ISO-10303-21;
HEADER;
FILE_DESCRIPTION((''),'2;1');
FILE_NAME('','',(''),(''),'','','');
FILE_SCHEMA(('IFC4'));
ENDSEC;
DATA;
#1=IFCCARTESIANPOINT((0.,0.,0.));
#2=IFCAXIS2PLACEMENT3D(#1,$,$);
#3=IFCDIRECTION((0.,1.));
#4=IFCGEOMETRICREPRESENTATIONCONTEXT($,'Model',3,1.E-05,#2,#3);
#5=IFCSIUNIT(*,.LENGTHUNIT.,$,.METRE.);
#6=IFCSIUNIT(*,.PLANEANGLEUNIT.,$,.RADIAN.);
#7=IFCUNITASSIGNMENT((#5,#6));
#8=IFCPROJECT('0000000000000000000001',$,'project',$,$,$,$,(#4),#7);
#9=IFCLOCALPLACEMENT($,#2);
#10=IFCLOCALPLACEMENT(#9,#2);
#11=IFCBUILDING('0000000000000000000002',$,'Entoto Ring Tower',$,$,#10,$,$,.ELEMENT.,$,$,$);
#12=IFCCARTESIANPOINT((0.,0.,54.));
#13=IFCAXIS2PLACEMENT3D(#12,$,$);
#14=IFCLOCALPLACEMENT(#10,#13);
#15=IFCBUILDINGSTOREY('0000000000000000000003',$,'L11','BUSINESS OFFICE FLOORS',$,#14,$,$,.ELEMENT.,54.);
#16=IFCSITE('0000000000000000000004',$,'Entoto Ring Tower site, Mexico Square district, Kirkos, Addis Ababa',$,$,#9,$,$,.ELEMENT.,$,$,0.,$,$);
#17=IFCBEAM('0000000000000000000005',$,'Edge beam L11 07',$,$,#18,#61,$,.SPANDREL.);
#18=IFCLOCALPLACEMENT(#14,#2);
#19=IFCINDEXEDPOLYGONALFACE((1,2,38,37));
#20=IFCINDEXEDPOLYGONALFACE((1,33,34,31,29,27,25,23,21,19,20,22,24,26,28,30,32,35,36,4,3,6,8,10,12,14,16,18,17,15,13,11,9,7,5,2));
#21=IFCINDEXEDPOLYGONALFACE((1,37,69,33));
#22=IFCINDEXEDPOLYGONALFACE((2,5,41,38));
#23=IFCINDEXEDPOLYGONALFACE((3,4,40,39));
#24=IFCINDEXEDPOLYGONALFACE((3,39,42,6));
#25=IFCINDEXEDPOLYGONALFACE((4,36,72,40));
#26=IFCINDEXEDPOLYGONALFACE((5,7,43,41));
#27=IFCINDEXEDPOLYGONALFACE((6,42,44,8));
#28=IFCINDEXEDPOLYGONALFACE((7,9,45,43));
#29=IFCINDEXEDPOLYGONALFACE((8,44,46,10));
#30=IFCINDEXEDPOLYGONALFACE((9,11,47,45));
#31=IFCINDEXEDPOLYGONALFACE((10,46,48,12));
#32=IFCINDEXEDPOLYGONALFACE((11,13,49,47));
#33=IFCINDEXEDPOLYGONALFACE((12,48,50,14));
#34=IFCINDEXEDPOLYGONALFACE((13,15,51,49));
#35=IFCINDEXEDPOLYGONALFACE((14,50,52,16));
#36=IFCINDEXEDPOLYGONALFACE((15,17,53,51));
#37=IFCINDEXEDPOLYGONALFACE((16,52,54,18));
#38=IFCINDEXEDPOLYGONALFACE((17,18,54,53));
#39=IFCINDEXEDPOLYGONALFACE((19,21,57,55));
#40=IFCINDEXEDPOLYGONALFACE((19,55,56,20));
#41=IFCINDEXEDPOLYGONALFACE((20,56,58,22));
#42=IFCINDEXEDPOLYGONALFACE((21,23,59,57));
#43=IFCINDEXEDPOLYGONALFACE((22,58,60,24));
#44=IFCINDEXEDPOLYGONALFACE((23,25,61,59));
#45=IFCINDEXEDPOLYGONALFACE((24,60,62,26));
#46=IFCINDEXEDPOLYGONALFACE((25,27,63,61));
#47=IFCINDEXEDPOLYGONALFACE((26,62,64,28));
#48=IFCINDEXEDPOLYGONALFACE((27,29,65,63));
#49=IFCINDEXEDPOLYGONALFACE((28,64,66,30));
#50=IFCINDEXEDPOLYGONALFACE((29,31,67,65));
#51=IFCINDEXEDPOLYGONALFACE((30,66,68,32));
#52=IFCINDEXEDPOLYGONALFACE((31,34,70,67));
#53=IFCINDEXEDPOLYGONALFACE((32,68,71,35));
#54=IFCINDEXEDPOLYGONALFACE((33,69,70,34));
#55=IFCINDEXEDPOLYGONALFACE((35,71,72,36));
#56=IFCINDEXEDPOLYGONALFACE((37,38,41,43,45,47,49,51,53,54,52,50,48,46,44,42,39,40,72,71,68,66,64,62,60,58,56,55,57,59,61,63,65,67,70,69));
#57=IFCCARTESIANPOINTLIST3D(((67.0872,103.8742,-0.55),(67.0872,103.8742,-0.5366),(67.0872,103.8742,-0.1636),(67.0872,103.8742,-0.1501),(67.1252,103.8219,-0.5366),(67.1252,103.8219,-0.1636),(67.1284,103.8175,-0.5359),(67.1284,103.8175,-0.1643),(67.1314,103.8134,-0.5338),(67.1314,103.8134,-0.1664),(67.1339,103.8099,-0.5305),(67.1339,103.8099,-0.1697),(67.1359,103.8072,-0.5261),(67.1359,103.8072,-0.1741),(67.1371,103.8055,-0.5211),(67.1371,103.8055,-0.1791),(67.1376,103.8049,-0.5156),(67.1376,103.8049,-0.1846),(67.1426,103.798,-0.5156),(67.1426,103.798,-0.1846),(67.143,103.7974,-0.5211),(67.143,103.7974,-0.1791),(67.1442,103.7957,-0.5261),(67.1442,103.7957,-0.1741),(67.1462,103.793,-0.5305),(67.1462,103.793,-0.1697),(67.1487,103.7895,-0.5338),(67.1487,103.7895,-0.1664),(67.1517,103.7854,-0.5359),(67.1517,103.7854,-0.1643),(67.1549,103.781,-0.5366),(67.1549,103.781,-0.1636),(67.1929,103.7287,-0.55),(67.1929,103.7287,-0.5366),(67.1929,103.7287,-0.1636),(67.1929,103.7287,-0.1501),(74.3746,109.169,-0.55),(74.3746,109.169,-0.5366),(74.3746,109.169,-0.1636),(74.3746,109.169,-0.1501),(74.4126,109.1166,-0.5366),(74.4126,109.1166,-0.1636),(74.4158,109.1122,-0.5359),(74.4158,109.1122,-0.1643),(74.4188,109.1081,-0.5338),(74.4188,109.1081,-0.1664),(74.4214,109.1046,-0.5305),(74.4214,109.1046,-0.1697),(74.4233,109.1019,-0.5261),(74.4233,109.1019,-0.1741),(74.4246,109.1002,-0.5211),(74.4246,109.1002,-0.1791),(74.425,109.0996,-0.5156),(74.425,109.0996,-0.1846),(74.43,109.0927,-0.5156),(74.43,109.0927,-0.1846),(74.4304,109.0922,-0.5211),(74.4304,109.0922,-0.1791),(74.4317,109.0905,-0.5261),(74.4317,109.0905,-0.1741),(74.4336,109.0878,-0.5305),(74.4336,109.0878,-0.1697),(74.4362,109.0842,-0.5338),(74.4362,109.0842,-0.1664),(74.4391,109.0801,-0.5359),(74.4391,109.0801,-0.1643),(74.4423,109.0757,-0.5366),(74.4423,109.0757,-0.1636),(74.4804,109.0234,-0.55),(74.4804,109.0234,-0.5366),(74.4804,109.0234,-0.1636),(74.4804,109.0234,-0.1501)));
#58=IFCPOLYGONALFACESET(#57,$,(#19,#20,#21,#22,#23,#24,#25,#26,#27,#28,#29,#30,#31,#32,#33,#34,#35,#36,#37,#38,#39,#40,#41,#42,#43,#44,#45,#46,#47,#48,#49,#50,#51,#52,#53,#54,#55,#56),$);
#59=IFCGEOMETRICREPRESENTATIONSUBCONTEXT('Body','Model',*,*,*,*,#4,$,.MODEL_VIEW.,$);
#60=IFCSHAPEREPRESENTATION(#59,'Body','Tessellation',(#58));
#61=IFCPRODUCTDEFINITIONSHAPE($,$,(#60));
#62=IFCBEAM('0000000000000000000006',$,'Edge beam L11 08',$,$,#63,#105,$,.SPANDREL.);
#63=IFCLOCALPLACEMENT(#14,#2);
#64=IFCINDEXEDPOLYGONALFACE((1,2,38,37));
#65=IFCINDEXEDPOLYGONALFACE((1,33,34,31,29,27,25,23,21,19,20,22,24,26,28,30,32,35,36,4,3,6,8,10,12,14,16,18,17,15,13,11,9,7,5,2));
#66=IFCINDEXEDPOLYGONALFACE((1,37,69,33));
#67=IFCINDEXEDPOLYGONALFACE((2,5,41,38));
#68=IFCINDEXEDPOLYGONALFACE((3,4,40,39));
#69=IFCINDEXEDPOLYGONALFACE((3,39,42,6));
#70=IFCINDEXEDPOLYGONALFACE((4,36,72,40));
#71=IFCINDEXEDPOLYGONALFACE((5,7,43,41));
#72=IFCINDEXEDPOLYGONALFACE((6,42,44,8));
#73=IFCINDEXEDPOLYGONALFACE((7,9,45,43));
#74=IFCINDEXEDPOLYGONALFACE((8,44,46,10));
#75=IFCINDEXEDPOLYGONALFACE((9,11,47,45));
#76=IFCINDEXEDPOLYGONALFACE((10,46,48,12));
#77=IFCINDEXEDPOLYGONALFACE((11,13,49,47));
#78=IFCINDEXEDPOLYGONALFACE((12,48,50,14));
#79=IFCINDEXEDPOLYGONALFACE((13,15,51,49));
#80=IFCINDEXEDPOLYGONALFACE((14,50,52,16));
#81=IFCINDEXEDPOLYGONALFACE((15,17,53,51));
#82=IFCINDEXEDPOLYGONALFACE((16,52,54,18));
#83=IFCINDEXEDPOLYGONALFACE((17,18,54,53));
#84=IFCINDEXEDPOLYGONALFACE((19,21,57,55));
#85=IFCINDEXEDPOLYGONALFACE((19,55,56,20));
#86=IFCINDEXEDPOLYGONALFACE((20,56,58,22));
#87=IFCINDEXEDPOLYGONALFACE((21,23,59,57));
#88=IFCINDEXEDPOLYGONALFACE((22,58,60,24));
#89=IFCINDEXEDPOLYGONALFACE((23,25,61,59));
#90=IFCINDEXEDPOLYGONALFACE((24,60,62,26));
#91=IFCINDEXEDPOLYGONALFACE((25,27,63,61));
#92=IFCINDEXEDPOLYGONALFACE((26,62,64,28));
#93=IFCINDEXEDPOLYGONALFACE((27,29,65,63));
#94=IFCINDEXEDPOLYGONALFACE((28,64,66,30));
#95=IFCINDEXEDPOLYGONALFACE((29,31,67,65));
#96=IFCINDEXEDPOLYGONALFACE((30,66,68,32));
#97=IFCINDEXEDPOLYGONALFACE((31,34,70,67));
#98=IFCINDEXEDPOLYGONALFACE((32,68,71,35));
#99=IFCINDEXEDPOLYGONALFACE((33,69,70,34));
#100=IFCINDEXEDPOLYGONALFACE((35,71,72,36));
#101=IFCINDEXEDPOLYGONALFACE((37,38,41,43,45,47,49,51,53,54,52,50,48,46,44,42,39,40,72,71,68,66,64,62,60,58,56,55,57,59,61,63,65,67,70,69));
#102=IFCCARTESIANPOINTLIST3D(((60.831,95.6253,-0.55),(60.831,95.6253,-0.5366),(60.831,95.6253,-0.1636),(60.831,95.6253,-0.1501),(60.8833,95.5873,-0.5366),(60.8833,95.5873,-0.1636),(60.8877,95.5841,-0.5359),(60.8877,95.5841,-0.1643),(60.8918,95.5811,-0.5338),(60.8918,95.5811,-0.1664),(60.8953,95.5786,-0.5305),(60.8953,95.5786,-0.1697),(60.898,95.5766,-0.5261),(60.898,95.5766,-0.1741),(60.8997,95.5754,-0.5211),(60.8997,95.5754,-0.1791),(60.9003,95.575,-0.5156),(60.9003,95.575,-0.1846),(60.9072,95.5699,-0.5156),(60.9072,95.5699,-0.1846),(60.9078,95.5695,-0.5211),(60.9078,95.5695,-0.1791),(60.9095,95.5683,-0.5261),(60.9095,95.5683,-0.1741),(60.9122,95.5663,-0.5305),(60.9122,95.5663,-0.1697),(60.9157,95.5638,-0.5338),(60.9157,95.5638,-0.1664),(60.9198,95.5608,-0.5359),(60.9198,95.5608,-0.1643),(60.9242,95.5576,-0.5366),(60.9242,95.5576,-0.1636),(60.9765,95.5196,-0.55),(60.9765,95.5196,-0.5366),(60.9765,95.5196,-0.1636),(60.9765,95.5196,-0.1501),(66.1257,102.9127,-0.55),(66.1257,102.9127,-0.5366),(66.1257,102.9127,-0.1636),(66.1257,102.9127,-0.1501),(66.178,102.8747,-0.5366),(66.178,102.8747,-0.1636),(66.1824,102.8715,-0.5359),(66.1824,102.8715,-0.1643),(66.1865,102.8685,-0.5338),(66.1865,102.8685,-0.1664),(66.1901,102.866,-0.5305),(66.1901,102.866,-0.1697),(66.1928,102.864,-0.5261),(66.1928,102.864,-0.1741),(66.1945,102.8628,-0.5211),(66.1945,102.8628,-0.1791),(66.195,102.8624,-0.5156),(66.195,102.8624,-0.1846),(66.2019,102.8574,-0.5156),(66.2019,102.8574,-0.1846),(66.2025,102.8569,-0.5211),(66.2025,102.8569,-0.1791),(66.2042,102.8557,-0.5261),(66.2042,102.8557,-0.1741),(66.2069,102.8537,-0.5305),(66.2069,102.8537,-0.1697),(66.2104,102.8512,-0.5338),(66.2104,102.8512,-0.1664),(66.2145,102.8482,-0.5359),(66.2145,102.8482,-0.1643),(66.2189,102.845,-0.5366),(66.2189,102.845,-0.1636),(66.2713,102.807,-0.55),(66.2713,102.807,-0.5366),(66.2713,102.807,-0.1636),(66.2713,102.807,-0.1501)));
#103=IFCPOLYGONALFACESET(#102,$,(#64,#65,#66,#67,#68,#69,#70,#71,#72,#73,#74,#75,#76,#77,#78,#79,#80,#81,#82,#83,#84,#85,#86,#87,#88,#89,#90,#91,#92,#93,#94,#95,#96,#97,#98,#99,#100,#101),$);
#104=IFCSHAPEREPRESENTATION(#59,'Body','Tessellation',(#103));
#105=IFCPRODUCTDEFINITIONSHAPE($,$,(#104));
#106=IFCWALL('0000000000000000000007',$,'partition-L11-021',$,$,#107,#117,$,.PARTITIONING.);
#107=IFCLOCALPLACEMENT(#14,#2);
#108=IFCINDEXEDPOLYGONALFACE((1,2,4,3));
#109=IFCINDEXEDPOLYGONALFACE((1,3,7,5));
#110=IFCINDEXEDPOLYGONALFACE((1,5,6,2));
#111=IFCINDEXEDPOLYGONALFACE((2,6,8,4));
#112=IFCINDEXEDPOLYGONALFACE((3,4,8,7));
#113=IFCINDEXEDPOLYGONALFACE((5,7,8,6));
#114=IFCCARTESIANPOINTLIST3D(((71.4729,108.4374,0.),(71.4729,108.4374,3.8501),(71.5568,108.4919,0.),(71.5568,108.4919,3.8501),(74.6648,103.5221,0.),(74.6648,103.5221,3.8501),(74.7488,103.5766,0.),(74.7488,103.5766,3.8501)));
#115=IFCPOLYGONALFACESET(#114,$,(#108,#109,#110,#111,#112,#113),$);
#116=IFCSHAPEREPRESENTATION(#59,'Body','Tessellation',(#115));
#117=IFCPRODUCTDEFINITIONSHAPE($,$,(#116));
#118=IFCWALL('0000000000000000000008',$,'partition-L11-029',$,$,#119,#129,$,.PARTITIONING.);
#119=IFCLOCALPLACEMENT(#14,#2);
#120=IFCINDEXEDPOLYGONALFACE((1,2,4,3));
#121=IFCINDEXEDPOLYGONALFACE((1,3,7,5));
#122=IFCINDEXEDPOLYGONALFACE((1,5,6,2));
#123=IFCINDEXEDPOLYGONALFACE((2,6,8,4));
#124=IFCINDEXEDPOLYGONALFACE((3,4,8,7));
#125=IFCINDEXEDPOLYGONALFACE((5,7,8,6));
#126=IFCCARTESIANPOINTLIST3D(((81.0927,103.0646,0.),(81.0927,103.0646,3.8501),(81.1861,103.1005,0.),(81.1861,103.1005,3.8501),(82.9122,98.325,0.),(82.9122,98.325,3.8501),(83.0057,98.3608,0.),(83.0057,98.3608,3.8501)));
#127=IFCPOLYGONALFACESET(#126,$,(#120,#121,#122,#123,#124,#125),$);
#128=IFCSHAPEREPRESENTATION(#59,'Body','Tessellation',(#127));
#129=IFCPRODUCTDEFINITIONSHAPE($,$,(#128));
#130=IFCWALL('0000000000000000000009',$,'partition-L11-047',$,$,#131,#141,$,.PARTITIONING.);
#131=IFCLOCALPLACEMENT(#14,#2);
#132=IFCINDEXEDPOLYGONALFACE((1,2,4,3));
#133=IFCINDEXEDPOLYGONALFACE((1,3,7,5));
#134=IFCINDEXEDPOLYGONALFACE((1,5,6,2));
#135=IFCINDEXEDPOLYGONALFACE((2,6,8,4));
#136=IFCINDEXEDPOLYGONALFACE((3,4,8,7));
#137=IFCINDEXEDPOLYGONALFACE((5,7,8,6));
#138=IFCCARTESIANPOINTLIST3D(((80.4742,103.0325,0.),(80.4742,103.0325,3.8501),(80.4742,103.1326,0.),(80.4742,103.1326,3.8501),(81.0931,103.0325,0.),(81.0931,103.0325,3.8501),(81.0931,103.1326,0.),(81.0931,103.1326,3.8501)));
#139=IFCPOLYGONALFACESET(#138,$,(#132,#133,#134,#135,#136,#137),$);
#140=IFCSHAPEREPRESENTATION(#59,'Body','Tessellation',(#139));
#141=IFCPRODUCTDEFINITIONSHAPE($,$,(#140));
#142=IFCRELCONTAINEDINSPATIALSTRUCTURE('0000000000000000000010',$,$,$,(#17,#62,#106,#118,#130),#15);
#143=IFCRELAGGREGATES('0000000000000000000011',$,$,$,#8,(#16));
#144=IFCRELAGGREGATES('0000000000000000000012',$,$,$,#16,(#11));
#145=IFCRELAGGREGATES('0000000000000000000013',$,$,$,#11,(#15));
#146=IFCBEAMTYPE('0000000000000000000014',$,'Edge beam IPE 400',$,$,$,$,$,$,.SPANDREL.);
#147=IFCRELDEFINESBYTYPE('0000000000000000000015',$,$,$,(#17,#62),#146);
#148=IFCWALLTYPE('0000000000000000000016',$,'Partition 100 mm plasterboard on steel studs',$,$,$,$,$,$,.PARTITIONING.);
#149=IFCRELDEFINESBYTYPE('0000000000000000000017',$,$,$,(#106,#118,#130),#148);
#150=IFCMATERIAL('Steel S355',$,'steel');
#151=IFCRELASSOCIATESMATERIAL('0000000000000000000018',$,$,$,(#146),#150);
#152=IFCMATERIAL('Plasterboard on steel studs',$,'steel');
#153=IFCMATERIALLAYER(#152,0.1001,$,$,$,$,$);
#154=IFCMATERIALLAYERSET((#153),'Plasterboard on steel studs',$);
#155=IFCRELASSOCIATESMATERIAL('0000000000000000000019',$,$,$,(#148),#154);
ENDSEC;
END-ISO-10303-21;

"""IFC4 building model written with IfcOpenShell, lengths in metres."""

from ifc_helpers import new_model, si_unit, direction, frame, frame_2d, origin, origin_2d, place, context, subcontext, project, spatial, rectangle, i_section, extrude, material, layer, layer_set, material_profile, profile_set, type_object, element, save


model = new_model("IFC4")

# Units and contexts
model_context = context("Model", 3, precision=1e-05, world=origin(), true_north=direction((0.0, 1.0)))
body_context = subcontext(model_context, "Body", "Model", "MODEL_VIEW")
ifc_project = project(units=[si_unit("LENGTHUNIT", "METRE"), si_unit("PLANEANGLEUNIT", "RADIAN")], contexts=[model_context])

# Site, building, storey
site_placement = place(None, origin())
site = spatial("IfcSite", under=ifc_project, at=site_placement, Name="Entoto Ring Tower site, Mexico Square district, Kirkos, Addis Ababa", CompositionType="ELEMENT", RefElevation=0.0)
building_placement = place(site_placement, origin())
building = spatial("IfcBuilding", under=site, at=building_placement, Name="Entoto Ring Tower", CompositionType="ELEMENT")
storey_placement = place(building_placement, frame((0.0, 0.0, 54.0)))
storey = spatial("IfcBuildingStorey", under=building, at=storey_placement, Name="L11", Description="BUSINESS OFFICE FLOORS", CompositionType="ELEMENT", Elevation=54.0)

# Beams
ifc_material_1 = material(Name="Steel S355", Category="steel")
ifc_material_profile_1 = material_profile(ifc_material_1, i_section(OverallWidth=0.1799, OverallDepth=0.3999, WebThickness=0.0085, FlangeThickness=0.0134, FilletRadius=0.021, at=origin_2d()), Name="IPE 400")
ifc_profile_set_1 = profile_set([ifc_material_profile_1], Name="Steel S355")
beam_type = type_object("IfcBeamType", Name="Edge beam IPE 400", PredefinedType="SPANDREL", material=ifc_profile_set_1)
for number, where, z_axis, x_axis, name in (
    (1, (74.4275, 109.0962, -0.3501), (-0.809011, -0.587793, 0.0), (0.587793, -0.809011, 0.0), "Edge beam L11 07"),
    (2, (66.1985, 102.8599, -0.3501), (-0.587793, -0.809011, 0.0), (0.809011, -0.587793, 0.0), "Edge beam L11 08"),
):
    element("IfcBeam", number, at=place(storey_placement, frame(where, z_axis=z_axis, x_axis=x_axis)), inside=storey, type_object=beam_type, Name=name, PredefinedType="SPANDREL", context=body_context, shape_type="SweptSolid", body=[
        extrude(i_section(OverallWidth=0.1799, OverallDepth=0.3999, WebThickness=0.0085, FlangeThickness=0.0134, FilletRadius=0.021, at=origin_2d()), origin(), (0.0, 0.0, 1.0), 9.0078),
    ])

# Walls
ifc_material_2 = material(Name="Plasterboard on steel studs", Category="steel")
ifc_layer = layer(ifc_material_2, 0.1001)
ifc_layer_set = layer_set([ifc_layer], Name="Plasterboard on steel studs")
wall_type = type_object("IfcWallType", Name="Partition 100 mm plasterboard on steel studs", PredefinedType="PARTITIONING", material=ifc_layer_set)
wall_1_placement = place(storey_placement, frame((74.7068, 103.5493, 0.0), z_axis=(0.0, 0.0, 1.0), x_axis=(-0.544624, 0.838681, 0.0)))
element("IfcWall", 3, at=wall_1_placement, inside=storey, type_object=wall_type, Name="partition-L11-021", PredefinedType="PARTITIONING", context=body_context, shape_type="SweptSolid", body=[
    extrude(rectangle(XDim=5.8608, YDim=0.1001, at=frame_2d((2.9304, 0.0))), origin(), (0.0, 0.0, 1.0), 3.8501),
])
wall_2_placement = place(storey_placement, frame((82.959, 98.3428, 0.0), z_axis=(0.0, 0.0, 1.0), x_axis=(-0.358396, 0.93357, 0.0)))
element("IfcWall", 4, at=wall_2_placement, inside=storey, type_object=wall_type, Name="partition-L11-029", PredefinedType="PARTITIONING", context=body_context, shape_type="SweptSolid", body=[
    extrude(rectangle(XDim=5.0769, YDim=0.1001, at=frame_2d((2.5386, 0.0))), origin(), (0.0, 0.0, 1.0), 3.8501),
])
wall_3_placement = place(storey_placement, frame((80.4741, 103.0825, 0.0), z_axis=(0.0, 0.0, 1.0), x_axis=(1.0, 0.0, 0.0)))
element("IfcWall", 5, at=wall_3_placement, inside=storey, type_object=wall_type, Name="partition-L11-047", PredefinedType="PARTITIONING", context=body_context, shape_type="SweptSolid", body=[
    extrude(rectangle(XDim=0.6189, YDim=0.1001, at=frame_2d((0.3096, 0.0))), origin(), (0.0, 0.0, 1.0), 3.8501),
])

save(model, "model.ifc")
